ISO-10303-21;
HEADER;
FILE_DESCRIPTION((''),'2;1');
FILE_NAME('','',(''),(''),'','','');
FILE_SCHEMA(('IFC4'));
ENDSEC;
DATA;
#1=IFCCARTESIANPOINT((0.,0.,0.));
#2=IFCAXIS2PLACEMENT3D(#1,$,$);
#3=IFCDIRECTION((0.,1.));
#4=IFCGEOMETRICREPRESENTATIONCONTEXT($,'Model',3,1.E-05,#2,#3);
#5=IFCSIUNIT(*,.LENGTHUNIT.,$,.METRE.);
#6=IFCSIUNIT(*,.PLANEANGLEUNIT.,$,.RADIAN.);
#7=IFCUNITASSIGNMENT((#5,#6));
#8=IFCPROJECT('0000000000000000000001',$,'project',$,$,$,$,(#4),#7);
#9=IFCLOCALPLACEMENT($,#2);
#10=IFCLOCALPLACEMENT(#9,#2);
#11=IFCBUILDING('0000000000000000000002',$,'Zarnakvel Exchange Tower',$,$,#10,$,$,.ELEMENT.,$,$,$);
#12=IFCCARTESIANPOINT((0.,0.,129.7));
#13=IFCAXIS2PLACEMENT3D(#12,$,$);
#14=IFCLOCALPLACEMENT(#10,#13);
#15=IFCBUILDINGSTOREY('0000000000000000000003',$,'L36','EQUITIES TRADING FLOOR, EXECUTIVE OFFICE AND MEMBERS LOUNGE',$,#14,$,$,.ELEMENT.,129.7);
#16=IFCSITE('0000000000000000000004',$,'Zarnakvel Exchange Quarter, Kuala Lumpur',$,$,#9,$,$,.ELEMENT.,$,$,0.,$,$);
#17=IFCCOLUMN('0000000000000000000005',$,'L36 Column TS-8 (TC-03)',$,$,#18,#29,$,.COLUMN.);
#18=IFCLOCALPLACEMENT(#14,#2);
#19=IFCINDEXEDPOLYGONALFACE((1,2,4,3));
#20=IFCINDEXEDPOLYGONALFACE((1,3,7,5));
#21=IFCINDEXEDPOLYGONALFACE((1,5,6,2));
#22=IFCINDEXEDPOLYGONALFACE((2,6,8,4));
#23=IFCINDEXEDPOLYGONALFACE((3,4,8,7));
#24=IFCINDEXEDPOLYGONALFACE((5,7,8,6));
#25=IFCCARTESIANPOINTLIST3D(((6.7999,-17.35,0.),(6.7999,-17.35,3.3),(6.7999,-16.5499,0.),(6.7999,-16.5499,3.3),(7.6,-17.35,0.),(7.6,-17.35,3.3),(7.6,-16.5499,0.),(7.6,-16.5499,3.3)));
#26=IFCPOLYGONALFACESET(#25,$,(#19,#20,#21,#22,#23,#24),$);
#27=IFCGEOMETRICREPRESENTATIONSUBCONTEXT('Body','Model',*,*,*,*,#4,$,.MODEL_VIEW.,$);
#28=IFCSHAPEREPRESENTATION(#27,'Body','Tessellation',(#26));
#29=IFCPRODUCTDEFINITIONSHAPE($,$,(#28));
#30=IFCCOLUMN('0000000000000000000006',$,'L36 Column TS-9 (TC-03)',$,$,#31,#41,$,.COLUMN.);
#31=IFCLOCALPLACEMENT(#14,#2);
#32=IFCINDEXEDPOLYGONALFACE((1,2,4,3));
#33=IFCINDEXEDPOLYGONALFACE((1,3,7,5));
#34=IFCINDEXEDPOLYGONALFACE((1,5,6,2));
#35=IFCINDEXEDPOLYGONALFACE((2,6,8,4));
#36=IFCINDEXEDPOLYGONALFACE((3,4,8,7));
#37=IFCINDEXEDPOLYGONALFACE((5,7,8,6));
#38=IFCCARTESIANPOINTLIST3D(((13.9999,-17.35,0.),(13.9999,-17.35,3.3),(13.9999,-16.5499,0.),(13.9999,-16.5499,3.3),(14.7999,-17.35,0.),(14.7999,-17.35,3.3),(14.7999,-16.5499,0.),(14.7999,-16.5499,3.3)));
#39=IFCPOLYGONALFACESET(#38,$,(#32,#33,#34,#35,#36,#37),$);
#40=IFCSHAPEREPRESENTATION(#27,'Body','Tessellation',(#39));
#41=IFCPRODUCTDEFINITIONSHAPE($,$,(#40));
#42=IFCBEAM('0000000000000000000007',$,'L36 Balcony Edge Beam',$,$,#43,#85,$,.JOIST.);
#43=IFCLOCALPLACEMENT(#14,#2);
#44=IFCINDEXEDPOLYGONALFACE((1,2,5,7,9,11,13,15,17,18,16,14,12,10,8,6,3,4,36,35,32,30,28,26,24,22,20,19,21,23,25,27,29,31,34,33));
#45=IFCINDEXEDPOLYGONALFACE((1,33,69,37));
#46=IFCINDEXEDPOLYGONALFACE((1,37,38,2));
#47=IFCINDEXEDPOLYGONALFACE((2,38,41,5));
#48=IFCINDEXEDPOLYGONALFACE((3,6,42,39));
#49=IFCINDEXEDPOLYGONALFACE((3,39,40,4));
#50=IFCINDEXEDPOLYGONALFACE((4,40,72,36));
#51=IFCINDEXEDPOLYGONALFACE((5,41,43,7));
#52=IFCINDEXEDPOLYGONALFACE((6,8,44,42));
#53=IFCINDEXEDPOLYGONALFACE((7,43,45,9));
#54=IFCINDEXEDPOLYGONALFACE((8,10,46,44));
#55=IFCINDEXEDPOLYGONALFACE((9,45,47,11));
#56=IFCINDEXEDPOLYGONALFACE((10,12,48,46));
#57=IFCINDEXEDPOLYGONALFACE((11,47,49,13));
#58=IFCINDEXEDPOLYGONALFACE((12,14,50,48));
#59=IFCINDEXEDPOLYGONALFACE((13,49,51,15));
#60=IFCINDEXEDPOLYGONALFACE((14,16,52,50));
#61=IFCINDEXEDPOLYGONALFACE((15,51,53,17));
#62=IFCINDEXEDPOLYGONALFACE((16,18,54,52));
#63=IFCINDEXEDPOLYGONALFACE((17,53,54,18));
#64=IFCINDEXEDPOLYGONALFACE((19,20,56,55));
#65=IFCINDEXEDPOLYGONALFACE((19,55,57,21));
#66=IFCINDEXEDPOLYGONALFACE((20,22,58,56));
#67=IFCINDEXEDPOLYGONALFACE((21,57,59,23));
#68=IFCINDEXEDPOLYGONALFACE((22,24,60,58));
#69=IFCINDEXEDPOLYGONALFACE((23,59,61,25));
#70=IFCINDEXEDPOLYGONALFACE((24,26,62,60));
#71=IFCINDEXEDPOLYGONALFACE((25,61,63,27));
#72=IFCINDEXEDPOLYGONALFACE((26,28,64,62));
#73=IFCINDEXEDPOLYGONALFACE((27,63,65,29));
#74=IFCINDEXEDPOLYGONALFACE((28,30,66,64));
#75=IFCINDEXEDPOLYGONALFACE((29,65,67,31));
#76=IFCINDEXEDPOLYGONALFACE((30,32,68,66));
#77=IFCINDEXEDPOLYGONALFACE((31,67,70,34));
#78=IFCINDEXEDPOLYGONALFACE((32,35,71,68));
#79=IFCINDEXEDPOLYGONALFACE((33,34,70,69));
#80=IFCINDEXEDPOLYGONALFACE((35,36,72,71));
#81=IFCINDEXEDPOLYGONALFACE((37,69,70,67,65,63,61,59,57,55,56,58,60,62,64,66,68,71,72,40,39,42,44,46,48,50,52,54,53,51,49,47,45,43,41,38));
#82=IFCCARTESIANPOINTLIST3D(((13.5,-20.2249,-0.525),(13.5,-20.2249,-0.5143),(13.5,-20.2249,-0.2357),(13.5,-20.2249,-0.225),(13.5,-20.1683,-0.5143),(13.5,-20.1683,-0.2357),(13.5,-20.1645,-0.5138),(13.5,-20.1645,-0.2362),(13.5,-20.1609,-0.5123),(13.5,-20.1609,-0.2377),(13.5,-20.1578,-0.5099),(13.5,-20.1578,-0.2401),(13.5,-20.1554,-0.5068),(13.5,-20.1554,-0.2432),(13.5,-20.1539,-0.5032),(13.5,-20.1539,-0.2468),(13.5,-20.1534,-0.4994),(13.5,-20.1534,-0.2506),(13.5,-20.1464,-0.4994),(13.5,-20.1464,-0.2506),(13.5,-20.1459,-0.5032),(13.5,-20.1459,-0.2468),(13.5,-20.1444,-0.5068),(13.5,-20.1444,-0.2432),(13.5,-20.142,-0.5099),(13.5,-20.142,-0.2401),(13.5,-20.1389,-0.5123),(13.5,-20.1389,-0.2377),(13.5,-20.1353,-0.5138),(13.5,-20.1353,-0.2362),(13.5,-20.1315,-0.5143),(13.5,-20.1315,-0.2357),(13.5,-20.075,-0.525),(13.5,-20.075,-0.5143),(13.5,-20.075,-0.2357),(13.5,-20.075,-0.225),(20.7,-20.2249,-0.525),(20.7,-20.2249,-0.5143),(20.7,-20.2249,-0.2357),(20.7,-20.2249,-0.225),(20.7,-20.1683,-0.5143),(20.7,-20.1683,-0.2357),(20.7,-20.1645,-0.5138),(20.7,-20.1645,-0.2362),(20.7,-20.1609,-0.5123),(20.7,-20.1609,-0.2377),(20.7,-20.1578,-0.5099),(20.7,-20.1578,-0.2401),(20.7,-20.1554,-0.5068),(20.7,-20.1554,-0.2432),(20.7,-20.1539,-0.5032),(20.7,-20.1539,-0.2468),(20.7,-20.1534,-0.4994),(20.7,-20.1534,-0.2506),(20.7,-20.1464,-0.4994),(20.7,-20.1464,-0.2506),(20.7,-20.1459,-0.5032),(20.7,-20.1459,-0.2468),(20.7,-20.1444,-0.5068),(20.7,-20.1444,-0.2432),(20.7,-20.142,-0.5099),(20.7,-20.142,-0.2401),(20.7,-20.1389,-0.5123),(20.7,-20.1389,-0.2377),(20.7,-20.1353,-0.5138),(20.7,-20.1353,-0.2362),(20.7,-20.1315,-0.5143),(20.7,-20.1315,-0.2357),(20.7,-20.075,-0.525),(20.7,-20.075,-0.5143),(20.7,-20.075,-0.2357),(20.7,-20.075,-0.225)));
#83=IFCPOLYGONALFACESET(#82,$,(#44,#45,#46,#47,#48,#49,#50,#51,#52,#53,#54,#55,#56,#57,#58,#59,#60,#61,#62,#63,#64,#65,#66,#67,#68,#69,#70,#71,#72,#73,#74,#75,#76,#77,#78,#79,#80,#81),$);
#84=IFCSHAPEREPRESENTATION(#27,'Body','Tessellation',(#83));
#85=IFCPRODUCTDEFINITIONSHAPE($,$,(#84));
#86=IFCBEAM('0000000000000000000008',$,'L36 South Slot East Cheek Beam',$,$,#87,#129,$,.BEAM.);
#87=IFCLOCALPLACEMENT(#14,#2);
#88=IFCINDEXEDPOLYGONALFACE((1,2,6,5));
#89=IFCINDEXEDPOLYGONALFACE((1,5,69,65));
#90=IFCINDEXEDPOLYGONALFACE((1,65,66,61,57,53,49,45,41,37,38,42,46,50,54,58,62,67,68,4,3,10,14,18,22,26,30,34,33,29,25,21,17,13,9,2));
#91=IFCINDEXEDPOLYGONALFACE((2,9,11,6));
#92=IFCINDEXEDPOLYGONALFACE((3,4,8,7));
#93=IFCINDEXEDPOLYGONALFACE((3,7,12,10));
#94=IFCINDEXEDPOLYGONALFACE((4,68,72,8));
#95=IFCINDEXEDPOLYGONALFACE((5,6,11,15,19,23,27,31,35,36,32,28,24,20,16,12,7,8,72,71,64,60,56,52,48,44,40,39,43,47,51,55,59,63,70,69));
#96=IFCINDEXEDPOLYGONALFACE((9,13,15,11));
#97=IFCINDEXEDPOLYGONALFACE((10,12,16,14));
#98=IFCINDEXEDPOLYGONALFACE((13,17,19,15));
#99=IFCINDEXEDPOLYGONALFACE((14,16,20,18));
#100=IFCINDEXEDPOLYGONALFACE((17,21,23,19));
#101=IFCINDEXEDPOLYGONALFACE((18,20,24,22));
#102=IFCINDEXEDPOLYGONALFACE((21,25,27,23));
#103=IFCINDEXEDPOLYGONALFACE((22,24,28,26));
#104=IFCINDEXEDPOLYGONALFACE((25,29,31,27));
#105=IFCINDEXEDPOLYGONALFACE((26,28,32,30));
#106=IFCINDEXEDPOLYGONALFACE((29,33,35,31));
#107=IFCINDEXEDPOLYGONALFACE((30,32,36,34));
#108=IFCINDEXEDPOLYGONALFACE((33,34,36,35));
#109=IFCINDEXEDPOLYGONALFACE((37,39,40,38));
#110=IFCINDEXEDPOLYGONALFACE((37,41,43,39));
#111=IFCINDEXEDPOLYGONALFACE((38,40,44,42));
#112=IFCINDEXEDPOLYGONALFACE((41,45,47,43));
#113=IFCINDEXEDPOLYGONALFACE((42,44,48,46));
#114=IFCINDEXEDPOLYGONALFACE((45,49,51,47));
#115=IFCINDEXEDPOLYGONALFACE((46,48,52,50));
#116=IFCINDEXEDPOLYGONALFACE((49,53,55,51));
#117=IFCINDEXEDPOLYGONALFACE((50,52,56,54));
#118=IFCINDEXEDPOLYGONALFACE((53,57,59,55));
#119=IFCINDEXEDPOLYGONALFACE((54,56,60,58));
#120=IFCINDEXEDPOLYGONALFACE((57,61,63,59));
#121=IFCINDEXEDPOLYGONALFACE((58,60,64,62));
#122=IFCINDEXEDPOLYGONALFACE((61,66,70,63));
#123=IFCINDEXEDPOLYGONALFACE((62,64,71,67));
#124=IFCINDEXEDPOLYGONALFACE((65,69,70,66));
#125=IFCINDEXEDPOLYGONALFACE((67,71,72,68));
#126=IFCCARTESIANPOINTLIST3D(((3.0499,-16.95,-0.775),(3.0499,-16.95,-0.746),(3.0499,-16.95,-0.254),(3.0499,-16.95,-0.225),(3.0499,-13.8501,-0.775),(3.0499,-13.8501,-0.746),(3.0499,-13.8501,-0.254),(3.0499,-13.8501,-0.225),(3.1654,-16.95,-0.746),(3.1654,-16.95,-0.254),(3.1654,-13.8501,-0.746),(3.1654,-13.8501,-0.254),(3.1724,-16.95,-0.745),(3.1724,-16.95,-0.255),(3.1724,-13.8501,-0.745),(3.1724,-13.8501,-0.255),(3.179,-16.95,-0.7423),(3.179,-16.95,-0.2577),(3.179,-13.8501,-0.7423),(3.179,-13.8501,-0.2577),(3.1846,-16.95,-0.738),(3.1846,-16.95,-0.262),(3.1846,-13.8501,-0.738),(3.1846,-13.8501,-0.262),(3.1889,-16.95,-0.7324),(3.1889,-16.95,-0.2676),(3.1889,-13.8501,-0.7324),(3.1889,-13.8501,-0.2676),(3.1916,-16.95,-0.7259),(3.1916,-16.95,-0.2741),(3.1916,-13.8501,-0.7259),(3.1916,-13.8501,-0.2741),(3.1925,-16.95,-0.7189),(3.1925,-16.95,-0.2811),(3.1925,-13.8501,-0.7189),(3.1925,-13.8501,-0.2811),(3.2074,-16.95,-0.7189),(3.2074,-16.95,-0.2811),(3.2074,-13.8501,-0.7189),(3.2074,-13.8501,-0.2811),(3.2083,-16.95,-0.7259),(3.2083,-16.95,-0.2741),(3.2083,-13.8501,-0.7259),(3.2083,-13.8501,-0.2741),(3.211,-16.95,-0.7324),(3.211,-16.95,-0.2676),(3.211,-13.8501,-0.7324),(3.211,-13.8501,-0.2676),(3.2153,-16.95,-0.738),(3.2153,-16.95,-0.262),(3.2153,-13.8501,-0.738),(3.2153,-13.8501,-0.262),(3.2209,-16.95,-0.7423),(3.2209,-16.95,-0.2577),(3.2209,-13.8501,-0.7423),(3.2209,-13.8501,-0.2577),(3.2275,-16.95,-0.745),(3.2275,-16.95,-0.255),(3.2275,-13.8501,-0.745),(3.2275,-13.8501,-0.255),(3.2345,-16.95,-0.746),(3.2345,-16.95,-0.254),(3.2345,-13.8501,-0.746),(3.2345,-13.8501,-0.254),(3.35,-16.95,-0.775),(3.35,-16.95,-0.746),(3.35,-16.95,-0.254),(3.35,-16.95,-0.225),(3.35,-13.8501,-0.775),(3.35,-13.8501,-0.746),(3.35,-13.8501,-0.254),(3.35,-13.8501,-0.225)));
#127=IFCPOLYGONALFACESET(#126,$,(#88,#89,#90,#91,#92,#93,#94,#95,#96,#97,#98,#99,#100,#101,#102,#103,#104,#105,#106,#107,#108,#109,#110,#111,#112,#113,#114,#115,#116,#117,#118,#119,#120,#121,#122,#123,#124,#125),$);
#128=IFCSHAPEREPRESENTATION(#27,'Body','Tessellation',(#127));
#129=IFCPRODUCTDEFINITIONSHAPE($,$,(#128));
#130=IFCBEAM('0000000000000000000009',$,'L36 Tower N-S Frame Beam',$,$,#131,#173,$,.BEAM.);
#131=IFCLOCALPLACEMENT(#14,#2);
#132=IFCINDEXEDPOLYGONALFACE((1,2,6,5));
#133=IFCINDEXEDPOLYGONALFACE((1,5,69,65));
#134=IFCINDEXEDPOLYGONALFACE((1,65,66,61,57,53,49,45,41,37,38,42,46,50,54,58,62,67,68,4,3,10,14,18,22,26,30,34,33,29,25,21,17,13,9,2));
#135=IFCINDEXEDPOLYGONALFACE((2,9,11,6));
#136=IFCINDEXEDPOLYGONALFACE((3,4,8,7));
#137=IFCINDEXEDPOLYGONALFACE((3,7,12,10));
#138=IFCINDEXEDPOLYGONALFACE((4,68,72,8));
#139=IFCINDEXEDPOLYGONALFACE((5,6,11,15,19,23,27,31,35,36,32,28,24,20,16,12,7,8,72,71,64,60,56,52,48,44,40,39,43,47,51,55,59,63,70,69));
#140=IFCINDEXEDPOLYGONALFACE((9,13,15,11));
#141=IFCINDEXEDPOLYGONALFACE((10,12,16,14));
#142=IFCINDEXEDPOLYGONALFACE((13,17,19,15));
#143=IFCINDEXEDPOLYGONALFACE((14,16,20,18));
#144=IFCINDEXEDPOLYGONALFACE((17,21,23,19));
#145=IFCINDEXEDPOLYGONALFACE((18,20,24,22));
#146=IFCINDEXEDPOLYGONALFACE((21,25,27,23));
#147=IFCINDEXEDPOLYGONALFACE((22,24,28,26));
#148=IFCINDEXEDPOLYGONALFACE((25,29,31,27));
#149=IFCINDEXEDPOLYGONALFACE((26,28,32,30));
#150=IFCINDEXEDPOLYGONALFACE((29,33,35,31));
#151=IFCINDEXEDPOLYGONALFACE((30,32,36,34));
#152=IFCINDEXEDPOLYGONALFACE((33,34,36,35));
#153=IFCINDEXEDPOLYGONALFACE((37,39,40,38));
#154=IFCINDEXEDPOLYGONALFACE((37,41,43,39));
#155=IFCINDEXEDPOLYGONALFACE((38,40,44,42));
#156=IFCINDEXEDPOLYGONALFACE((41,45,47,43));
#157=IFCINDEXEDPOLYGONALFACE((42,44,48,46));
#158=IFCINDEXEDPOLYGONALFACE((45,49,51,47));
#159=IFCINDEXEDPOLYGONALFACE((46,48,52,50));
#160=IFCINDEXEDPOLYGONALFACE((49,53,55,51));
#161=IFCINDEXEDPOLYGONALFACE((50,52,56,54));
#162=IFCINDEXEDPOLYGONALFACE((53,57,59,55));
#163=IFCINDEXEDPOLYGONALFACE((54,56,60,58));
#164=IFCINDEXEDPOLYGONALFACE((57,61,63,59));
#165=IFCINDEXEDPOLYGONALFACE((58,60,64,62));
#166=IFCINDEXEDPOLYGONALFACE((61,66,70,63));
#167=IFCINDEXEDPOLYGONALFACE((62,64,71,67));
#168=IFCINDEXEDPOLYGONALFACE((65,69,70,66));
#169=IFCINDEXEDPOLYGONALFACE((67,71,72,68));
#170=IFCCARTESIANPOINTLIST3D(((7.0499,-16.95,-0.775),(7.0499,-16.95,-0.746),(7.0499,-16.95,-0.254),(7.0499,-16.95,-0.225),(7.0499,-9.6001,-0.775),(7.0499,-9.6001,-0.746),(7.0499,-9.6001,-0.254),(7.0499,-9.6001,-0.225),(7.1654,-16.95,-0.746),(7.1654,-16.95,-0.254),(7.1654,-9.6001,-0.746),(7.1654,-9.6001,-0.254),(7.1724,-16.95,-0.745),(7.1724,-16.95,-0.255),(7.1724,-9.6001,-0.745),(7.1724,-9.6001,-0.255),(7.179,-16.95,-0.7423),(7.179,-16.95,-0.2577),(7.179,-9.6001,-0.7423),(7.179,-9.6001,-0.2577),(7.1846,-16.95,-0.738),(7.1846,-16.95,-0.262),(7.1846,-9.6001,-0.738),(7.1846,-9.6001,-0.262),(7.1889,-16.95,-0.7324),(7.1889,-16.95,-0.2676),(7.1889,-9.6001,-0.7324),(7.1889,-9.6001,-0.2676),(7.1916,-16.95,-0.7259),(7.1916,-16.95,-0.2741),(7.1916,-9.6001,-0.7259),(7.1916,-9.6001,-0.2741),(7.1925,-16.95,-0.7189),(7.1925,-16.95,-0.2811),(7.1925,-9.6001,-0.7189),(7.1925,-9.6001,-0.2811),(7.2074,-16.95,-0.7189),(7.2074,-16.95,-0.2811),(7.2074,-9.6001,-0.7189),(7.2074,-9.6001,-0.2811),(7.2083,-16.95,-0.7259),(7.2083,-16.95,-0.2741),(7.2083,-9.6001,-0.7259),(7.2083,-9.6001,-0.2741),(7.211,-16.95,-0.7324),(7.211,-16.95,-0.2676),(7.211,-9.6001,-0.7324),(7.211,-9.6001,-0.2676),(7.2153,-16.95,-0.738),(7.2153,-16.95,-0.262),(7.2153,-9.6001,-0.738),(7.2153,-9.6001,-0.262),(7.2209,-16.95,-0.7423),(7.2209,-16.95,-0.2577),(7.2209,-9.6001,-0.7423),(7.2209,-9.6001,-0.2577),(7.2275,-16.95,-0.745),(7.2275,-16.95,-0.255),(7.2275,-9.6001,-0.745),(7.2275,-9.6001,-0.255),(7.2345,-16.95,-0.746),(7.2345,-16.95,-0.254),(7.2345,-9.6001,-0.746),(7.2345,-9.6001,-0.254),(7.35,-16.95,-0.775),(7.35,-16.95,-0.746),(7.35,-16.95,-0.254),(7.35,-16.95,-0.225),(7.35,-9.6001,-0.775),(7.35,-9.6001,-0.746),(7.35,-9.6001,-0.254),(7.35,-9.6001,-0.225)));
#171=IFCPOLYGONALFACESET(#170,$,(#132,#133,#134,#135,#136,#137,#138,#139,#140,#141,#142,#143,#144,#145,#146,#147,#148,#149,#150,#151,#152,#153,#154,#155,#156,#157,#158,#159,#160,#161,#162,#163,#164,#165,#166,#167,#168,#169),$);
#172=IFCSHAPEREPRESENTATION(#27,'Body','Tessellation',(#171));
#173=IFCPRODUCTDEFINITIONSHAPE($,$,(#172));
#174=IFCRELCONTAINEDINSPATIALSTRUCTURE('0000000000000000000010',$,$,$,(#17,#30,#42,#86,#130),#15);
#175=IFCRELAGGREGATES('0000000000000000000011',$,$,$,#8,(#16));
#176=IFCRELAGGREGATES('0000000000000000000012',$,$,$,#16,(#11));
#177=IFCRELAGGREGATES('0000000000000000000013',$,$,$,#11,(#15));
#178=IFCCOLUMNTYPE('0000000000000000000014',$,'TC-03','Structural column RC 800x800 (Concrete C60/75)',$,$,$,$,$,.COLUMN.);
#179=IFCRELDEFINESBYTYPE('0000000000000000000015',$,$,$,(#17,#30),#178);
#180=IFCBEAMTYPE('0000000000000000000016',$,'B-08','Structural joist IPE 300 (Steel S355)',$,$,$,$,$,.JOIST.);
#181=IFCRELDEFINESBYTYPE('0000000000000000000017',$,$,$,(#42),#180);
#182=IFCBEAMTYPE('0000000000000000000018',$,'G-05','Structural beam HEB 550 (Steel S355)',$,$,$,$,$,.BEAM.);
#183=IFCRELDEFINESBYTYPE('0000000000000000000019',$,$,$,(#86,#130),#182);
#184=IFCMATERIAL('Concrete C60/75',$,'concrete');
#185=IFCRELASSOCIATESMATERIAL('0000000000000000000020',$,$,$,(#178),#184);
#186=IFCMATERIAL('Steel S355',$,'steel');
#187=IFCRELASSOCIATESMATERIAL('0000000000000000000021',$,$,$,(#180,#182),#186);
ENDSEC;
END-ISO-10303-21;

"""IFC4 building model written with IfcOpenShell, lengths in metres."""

from ifc_helpers import new_model, si_unit, direction, frame, origin, origin_2d, place, context, subcontext, project, spatial, rectangle, i_section, extrude, material, material_profile, profile_set, type_object, element, save


model = new_model("IFC4")

# Units and contexts
model_context = context("Model", 3, precision=1e-05, world=origin(), true_north=direction((0.0, 1.0)))
body_context = subcontext(model_context, "Body", "Model", "MODEL_VIEW")
ifc_project = project(units=[si_unit("LENGTHUNIT", "METRE"), si_unit("PLANEANGLEUNIT", "RADIAN")], contexts=[model_context])

# Site, building, storey
site_placement = place(None, origin())
site = spatial("IfcSite", under=ifc_project, at=site_placement, Name="Zarnakvel Exchange Quarter, Kuala Lumpur", CompositionType="ELEMENT", RefElevation=0.0)
building_placement = place(site_placement, origin())
building = spatial("IfcBuilding", under=site, at=building_placement, Name="Zarnakvel Exchange Tower", CompositionType="ELEMENT")
storey_placement = place(building_placement, frame((0.0, 0.0, 129.7)))
storey = spatial("IfcBuildingStorey", under=building, at=storey_placement, Name="L36", Description="EQUITIES TRADING FLOOR, EXECUTIVE OFFICE AND MEMBERS LOUNGE", CompositionType="ELEMENT", Elevation=129.7)

# Columns
ifc_material_1 = material(Name="Concrete C60/75", Category="concrete")
ifc_material_profile_1 = material_profile(ifc_material_1, rectangle(XDim=0.8, YDim=0.8, at=origin_2d()))
ifc_profile_set_1 = profile_set([ifc_material_profile_1], Name="Concrete C60/75")
column_type = type_object("IfcColumnType", Name="TC-03", Description="Structural column RC 800x800 (Concrete C60/75)", PredefinedType="COLUMN", material=ifc_profile_set_1)
for number, where, z_axis, x_axis, name in (
    (1, (7.2, -16.95, 0.0), (0.0, 0.0, 1.0), (1.0, 0.0, 0.0), "L36 Column TS-8 (TC-03)"),
    (2, (14.3999, -16.95, 0.0), (0.0, 0.0, 1.0), (1.0, 0.0, 0.0), "L36 Column TS-9 (TC-03)"),
):
    element("IfcColumn", number, at=place(storey_placement, frame(where, z_axis=z_axis, x_axis=x_axis)), inside=storey, type_object=column_type, Name=name, PredefinedType="COLUMN", context=body_context, shape_type="SweptSolid", body=[
        extrude(rectangle(XDim=0.8, YDim=0.8, at=origin_2d()), origin(), (0.0, 0.0, 1.0), 3.3),
    ])

# Beams
ifc_material_2 = material(Name="Steel S355", Category="steel")
ifc_material_profile_2 = material_profile(ifc_material_2, i_section(OverallWidth=0.1499, OverallDepth=0.3, WebThickness=0.0071, FlangeThickness=0.0107, FilletRadius=0.0149, at=origin_2d()))
ifc_profile_set_2 = profile_set([ifc_material_profile_2], Name="Steel S355")
beam_type_1 = type_object("IfcBeamType", Name="B-08", Description="Structural joist IPE 300 (Steel S355)", PredefinedType="JOIST", material=ifc_profile_set_2)
beam_1_placement = place(storey_placement, frame((13.5, -20.1499, -0.375), z_axis=(1.0, 0.0, 0.0), x_axis=(0.0, 1.0, 0.0)))
element("IfcBeam", 3, at=beam_1_placement, inside=storey, type_object=beam_type_1, Name="L36 Balcony Edge Beam", PredefinedType="JOIST", context=body_context, shape_type="SweptSolid", body=[
    extrude(i_section(OverallWidth=0.1499, OverallDepth=0.3, WebThickness=0.0071, FlangeThickness=0.0107, FilletRadius=0.0149, at=origin_2d()), origin(), (0.0, 0.0, 1.0), 7.2),
])
ifc_material_profile_3 = material_profile(ifc_material_2, i_section(OverallWidth=0.3, OverallDepth=0.55, WebThickness=0.0149, FlangeThickness=0.0291, FilletRadius=0.0271, at=origin_2d()))
ifc_profile_set_3 = profile_set([ifc_material_profile_3], Name="Steel S355")
beam_type_2 = type_object("IfcBeamType", Name="G-05", Description="Structural beam HEB 550 (Steel S355)", PredefinedType="BEAM", material=ifc_profile_set_3)
beam_2_placement = place(storey_placement, frame((3.2, -16.95, -0.5), z_axis=(0.0, 1.0, 0.0), x_axis=(-1.0, 0.0, 0.0)))
element("IfcBeam", 4, at=beam_2_placement, inside=storey, type_object=beam_type_2, Name="L36 South Slot East Cheek Beam", PredefinedType="BEAM", context=body_context, shape_type="SweptSolid", body=[
    extrude(i_section(OverallWidth=0.3, OverallDepth=0.55, WebThickness=0.0149, FlangeThickness=0.0291, FilletRadius=0.0271, at=origin_2d()), origin(), (0.0, 0.0, 1.0), 3.0999),
])
beam_3_placement = place(storey_placement, frame((7.2, -16.95, -0.5), z_axis=(0.0, 1.0, 0.0), x_axis=(-1.0, 0.0, 0.0)))
element("IfcBeam", 5, at=beam_3_placement, inside=storey, type_object=beam_type_2, Name="L36 Tower N-S Frame Beam", PredefinedType="BEAM", context=body_context, shape_type="SweptSolid", body=[
    extrude(i_section(OverallWidth=0.3, OverallDepth=0.55, WebThickness=0.0149, FlangeThickness=0.0291, FilletRadius=0.0271, at=origin_2d()), origin(), (0.0, 0.0, 1.0), 7.3499),
])

save(model, "model.ifc")
